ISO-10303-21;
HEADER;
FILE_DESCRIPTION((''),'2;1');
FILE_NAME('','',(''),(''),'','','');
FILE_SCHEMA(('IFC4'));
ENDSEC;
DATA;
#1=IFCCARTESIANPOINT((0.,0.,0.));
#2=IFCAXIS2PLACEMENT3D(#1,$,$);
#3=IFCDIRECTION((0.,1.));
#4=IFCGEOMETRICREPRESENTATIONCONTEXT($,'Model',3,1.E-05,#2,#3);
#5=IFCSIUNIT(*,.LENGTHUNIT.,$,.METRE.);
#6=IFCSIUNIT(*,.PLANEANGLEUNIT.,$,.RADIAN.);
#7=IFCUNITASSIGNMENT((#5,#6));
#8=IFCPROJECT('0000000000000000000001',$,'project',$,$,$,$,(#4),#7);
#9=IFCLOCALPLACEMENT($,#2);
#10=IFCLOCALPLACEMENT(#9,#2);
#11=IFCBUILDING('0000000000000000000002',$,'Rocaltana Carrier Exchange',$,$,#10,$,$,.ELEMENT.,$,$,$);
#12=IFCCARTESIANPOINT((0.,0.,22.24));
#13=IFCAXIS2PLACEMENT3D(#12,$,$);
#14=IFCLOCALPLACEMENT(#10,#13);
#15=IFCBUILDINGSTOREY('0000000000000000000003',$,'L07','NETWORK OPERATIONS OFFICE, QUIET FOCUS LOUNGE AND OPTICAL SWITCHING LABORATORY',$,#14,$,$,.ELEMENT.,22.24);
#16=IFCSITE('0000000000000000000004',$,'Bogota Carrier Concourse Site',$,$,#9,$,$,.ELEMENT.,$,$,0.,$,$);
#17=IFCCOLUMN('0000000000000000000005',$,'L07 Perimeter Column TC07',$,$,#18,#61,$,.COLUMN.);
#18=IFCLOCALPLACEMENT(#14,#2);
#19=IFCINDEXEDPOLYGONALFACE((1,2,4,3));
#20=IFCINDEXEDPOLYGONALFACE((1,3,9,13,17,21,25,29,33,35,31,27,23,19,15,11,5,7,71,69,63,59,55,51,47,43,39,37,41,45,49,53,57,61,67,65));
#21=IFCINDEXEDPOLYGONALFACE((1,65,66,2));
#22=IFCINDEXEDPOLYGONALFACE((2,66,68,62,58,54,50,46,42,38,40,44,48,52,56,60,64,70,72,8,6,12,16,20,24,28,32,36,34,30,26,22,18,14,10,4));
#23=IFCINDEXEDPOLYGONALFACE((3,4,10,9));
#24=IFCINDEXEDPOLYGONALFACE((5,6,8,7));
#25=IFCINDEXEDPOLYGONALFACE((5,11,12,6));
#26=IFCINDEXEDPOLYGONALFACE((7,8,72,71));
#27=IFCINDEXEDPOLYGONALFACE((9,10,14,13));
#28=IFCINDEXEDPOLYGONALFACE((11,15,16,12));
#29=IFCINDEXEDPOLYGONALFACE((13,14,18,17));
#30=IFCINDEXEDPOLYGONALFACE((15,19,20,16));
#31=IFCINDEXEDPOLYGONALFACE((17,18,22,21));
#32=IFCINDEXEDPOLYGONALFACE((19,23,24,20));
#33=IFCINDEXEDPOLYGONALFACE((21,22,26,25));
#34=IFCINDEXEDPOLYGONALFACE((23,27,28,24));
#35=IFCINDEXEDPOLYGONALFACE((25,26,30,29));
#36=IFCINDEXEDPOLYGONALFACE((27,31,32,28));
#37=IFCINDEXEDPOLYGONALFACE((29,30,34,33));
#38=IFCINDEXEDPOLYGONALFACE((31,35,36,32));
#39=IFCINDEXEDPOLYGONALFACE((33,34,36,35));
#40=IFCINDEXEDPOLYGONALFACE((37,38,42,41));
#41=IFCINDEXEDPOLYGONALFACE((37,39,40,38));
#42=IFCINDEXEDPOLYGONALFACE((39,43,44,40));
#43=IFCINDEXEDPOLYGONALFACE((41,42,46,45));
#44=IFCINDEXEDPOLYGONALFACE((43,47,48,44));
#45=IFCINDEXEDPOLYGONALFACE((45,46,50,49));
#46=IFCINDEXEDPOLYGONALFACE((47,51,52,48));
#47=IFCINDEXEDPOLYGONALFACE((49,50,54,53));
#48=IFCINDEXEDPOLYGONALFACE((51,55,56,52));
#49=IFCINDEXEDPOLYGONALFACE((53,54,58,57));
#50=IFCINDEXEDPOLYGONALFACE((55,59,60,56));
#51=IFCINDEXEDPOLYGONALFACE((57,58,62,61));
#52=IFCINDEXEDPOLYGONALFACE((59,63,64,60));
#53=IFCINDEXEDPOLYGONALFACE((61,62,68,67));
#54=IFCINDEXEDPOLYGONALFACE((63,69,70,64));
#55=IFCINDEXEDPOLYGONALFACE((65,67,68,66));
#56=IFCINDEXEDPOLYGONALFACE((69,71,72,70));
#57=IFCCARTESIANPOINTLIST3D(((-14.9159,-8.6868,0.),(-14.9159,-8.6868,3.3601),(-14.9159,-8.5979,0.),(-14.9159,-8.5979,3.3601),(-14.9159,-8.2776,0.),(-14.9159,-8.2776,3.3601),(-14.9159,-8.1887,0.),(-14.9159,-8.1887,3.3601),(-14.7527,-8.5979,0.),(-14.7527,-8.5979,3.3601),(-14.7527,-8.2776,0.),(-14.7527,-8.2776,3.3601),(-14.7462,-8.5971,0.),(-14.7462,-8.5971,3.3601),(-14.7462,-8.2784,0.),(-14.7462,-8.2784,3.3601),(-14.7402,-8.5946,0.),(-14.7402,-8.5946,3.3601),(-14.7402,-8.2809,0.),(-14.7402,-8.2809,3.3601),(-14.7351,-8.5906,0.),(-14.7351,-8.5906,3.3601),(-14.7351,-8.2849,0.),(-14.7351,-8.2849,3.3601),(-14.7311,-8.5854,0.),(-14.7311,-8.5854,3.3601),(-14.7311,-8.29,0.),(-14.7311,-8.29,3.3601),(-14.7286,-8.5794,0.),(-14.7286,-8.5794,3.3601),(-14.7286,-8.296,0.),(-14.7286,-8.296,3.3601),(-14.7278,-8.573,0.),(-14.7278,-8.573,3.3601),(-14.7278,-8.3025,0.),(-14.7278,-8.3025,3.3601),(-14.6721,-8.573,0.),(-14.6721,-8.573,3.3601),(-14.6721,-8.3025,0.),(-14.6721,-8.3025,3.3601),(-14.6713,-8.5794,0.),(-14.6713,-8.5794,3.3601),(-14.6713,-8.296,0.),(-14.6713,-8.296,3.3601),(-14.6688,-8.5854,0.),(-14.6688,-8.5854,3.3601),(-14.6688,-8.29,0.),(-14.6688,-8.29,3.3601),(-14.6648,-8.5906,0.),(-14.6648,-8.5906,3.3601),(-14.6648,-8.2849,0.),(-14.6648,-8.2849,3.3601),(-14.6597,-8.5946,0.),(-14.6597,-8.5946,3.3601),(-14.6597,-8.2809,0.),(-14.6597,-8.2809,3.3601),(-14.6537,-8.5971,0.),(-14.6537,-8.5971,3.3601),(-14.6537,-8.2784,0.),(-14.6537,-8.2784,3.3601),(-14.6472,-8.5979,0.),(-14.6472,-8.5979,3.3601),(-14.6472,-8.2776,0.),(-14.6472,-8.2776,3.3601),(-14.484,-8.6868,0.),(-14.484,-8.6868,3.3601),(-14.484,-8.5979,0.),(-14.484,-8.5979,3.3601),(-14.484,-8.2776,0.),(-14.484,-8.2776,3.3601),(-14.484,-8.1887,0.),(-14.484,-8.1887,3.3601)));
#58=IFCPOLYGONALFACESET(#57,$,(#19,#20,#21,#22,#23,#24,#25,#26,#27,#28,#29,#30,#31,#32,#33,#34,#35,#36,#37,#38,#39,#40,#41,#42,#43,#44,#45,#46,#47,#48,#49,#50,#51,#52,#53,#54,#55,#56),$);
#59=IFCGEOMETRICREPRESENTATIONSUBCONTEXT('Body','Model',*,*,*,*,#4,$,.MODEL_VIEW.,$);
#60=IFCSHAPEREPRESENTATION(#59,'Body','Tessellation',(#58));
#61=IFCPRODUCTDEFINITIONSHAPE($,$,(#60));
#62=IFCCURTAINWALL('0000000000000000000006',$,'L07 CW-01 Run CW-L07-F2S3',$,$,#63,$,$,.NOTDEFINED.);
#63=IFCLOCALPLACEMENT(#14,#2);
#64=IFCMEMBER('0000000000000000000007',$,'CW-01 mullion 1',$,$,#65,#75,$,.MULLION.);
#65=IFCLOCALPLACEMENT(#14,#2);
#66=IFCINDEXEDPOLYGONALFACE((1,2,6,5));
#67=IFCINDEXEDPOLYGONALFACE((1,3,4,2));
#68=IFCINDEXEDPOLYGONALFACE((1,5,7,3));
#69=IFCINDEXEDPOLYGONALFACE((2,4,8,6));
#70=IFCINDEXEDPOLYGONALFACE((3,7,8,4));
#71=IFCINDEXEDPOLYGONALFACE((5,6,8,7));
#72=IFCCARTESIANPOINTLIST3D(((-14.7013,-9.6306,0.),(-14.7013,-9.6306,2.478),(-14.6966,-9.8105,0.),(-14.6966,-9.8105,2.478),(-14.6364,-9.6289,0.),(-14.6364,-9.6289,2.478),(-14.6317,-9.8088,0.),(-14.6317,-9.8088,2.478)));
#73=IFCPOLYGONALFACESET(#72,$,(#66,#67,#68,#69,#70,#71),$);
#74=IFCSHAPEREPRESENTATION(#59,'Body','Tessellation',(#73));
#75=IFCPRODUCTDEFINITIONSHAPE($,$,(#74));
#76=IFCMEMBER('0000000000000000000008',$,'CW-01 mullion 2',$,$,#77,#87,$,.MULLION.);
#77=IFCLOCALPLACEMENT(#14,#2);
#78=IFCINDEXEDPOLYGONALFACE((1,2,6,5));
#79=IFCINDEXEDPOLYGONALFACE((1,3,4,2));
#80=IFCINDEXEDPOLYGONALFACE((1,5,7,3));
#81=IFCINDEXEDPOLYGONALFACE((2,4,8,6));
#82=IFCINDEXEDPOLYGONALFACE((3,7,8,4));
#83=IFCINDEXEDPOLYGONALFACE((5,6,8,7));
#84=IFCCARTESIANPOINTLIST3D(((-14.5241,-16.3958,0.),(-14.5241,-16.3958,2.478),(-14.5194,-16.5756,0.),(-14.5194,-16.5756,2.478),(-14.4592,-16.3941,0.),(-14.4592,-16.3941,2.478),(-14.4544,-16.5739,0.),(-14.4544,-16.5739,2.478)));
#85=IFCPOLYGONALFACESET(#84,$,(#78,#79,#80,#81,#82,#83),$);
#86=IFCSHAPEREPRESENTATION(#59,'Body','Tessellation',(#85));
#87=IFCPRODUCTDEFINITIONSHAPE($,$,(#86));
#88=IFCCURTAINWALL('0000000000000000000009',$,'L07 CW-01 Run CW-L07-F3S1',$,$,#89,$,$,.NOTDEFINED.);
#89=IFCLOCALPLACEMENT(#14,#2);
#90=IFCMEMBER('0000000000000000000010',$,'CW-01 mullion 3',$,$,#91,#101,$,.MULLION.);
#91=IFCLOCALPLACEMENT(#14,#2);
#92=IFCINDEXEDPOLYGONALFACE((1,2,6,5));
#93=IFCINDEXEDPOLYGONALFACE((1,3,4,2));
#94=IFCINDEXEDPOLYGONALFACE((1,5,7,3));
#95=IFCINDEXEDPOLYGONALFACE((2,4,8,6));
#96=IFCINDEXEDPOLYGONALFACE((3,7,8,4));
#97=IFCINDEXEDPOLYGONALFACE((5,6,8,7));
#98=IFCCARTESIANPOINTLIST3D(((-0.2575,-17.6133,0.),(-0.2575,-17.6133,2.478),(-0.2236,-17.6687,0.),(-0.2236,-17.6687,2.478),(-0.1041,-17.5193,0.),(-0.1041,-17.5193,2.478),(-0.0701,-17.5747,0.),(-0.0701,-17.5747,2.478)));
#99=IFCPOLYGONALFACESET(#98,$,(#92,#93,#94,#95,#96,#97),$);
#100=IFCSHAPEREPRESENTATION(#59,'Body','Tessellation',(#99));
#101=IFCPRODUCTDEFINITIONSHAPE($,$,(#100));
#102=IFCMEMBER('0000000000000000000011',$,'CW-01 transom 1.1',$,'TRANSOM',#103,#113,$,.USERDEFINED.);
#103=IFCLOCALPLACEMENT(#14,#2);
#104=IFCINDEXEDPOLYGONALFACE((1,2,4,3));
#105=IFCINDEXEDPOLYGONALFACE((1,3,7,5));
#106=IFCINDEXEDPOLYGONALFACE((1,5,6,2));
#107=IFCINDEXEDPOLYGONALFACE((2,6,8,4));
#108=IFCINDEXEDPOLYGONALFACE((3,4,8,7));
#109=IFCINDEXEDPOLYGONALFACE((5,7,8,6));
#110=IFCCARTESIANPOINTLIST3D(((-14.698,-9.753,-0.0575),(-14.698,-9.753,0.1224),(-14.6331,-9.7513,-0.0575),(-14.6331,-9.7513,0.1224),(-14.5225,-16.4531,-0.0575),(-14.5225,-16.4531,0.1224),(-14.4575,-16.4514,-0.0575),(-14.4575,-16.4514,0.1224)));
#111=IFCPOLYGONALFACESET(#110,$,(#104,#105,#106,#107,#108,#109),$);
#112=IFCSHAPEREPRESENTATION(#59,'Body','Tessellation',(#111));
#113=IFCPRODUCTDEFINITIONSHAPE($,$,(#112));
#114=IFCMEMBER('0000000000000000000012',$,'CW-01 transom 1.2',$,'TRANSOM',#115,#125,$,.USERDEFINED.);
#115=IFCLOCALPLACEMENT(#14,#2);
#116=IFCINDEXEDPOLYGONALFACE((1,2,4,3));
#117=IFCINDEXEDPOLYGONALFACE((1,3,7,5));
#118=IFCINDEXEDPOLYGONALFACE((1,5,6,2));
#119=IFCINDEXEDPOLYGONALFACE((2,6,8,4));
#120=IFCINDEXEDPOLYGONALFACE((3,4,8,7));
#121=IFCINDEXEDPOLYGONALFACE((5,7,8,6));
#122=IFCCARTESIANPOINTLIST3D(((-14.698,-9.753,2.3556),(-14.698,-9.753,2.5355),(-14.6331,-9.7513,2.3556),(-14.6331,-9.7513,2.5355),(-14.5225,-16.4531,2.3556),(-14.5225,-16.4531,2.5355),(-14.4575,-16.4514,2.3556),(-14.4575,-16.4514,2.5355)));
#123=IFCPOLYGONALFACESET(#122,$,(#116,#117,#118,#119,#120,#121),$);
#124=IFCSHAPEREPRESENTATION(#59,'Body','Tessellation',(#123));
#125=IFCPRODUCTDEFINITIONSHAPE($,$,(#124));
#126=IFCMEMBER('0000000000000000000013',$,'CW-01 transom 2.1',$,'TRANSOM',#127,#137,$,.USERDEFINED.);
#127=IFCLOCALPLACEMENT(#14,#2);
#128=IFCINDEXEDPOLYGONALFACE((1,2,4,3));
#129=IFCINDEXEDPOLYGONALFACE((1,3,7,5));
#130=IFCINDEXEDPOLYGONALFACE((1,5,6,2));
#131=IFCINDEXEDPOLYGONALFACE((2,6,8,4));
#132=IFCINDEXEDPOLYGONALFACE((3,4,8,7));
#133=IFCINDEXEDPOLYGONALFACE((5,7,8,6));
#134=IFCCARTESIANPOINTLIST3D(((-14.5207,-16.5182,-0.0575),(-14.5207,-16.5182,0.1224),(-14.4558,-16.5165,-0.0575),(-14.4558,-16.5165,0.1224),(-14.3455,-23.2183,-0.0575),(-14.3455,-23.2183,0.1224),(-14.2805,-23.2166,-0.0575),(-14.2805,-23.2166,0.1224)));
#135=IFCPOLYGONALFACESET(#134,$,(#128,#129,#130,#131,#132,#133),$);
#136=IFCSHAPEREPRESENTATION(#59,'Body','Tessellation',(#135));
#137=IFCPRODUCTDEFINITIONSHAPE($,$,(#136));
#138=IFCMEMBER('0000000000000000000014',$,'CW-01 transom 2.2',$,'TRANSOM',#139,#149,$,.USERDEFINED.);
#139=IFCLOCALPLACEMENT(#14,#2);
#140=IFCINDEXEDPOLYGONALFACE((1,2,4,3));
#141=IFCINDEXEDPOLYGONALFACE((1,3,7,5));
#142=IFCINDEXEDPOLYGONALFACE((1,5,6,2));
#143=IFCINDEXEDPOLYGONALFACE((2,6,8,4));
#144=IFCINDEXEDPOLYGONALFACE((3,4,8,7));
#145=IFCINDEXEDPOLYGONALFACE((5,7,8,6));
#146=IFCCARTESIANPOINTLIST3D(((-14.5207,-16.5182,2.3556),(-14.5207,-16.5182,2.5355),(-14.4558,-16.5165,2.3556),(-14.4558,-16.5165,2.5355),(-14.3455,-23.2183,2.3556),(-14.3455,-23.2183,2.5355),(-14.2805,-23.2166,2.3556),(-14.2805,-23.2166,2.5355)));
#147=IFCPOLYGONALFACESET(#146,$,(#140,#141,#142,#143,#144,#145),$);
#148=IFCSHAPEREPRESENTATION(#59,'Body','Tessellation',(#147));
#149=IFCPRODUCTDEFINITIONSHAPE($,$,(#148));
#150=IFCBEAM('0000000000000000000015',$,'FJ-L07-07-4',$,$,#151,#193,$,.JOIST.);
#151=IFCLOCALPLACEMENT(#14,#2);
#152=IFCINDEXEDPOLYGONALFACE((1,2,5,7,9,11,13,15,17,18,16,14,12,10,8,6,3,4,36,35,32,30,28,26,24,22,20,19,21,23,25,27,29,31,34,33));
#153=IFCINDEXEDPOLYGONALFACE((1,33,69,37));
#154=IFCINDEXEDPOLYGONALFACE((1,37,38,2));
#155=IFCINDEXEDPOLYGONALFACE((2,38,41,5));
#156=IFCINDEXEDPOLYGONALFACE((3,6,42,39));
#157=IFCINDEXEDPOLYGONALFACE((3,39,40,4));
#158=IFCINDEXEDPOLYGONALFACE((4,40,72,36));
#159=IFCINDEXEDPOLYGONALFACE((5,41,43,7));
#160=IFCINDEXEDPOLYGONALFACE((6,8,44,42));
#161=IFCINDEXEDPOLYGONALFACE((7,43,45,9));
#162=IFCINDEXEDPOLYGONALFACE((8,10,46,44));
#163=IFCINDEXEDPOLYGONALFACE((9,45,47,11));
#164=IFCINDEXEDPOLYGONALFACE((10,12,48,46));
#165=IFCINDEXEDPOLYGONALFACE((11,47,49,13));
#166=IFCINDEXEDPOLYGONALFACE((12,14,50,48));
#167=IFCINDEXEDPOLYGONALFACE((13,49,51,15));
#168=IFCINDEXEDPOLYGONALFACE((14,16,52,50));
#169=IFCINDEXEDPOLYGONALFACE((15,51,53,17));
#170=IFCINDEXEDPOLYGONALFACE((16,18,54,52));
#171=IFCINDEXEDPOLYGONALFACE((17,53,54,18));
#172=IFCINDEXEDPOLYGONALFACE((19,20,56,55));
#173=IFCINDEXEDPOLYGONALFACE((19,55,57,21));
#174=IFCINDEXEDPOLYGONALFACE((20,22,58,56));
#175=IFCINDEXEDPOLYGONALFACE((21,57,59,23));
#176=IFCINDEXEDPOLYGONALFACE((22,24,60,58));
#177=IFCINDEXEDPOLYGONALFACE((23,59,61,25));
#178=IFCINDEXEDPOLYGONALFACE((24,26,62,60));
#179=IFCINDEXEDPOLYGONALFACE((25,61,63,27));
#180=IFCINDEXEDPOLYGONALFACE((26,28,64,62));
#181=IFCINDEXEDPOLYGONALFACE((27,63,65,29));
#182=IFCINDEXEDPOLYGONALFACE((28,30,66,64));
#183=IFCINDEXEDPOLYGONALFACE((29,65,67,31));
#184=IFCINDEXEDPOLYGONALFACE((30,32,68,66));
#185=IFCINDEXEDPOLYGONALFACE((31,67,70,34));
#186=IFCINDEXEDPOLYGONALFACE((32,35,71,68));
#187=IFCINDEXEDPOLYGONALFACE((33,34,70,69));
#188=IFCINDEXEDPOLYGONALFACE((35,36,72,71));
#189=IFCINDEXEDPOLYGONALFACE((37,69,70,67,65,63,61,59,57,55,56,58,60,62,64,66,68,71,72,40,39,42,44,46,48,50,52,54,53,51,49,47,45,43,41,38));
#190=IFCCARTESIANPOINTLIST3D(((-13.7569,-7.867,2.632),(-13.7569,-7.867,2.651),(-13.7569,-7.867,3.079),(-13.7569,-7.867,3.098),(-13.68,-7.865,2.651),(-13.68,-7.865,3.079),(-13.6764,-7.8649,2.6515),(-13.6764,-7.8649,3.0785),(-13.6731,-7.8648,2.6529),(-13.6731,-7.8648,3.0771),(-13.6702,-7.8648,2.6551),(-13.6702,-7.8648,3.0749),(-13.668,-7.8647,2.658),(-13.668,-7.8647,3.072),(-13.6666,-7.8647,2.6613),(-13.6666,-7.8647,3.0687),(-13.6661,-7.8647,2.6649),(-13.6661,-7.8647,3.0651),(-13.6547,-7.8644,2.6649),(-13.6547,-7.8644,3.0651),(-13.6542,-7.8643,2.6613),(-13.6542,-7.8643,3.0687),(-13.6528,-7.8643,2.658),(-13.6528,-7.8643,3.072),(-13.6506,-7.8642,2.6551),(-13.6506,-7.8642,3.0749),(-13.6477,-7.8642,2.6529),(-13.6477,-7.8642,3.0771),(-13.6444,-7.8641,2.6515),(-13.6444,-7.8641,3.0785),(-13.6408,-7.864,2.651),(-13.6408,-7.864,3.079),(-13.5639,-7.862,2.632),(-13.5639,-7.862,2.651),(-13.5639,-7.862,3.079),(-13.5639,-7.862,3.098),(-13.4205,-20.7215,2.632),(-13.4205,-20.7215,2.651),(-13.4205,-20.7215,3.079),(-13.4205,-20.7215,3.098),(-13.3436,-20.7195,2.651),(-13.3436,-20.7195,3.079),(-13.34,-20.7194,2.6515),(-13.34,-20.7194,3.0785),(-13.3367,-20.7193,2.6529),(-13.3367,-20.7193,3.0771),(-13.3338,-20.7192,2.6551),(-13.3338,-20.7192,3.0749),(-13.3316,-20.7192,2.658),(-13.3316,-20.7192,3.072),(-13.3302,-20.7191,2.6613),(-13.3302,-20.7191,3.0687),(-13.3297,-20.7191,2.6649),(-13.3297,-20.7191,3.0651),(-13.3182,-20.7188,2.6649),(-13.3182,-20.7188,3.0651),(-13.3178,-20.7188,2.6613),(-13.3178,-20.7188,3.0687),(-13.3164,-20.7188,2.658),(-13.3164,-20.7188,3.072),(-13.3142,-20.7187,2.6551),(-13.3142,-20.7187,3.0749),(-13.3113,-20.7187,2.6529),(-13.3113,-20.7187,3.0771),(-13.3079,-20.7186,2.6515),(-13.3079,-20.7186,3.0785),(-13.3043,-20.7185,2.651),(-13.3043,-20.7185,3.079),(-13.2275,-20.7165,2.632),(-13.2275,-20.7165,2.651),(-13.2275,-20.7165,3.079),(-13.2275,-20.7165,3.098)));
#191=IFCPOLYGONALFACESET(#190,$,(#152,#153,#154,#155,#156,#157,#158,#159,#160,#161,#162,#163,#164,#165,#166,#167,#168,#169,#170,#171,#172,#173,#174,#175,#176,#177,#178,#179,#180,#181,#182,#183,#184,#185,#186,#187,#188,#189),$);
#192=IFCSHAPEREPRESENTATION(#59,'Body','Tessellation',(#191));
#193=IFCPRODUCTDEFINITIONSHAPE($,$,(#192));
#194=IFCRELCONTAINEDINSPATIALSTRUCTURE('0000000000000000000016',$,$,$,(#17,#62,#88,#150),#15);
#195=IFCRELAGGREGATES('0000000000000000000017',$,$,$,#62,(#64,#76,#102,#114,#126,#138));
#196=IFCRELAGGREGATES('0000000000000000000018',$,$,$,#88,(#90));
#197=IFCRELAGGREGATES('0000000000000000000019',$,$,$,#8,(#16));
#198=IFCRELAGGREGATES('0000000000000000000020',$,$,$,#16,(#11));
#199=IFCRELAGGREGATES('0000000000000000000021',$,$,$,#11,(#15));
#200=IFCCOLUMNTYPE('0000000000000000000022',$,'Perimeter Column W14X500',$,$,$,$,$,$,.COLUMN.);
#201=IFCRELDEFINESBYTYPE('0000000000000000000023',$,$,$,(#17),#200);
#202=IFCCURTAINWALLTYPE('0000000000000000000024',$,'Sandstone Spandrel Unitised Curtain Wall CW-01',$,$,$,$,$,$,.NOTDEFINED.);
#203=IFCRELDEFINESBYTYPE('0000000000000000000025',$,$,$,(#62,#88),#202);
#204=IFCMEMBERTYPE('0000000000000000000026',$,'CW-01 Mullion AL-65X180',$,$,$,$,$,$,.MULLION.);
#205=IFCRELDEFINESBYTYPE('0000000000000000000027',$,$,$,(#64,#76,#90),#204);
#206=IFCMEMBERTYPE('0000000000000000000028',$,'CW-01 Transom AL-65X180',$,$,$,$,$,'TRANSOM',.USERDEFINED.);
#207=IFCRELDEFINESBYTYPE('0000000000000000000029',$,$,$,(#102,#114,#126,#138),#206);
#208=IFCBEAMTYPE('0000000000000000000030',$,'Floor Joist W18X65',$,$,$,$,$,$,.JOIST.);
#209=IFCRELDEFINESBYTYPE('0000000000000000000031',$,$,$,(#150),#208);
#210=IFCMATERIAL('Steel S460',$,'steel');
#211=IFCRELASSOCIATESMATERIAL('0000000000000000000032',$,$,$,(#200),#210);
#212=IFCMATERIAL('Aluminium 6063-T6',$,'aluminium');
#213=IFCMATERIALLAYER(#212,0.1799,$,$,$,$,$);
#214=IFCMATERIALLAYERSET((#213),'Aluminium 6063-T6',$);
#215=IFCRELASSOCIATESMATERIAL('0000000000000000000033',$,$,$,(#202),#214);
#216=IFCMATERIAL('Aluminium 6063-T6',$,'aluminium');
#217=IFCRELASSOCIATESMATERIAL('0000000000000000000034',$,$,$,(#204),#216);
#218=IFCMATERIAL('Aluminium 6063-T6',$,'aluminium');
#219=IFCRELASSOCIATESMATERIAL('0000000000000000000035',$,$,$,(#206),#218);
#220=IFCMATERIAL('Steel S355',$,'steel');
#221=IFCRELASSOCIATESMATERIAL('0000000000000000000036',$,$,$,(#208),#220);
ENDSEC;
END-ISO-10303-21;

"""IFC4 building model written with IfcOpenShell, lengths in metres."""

from ifc_helpers import new_model, si_unit, direction, frame, origin, origin_2d, place, context, subcontext, project, spatial, rectangle, i_section, extrude, material, layer, layer_set, material_profile, profile_set, type_object, element, aggregate, save


model = new_model("IFC4")

# Units and contexts
model_context = context("Model", 3, precision=1e-05, world=origin(), true_north=direction((0.0, 1.0)))
body_context = subcontext(model_context, "Body", "Model", "MODEL_VIEW")
ifc_project = project(units=[si_unit("LENGTHUNIT", "METRE"), si_unit("PLANEANGLEUNIT", "RADIAN")], contexts=[model_context])

# Site, building, storey
site_placement = place(None, origin())
site = spatial("IfcSite", under=ifc_project, at=site_placement, Name="Bogota Carrier Concourse Site", CompositionType="ELEMENT", RefElevation=0.0)
building_placement = place(site_placement, origin())
building = spatial("IfcBuilding", under=site, at=building_placement, Name="Rocaltana Carrier Exchange", CompositionType="ELEMENT")
storey_placement = place(building_placement, frame((0.0, 0.0, 22.24)))
storey = spatial("IfcBuildingStorey", under=building, at=storey_placement, Name="L07", Description="NETWORK OPERATIONS OFFICE, QUIET FOCUS LOUNGE AND OPTICAL SWITCHING LABORATORY", CompositionType="ELEMENT", Elevation=22.24)

# Column
ifc_material_1 = material(Name="Steel S460", Category="steel")
ifc_material_profile_1 = material_profile(ifc_material_1, i_section(OverallWidth=0.4319, OverallDepth=0.498, WebThickness=0.0557, FlangeThickness=0.0889, FilletRadius=0.0249, at=origin_2d()), Name="W14X500")
ifc_profile_set_1 = profile_set([ifc_material_profile_1], Name="Steel S460")
column_type = type_object("IfcColumnType", Name="Perimeter Column W14X500", PredefinedType="COLUMN", material=ifc_profile_set_1)
column_placement = place(storey_placement, frame((-14.7, -8.4377, 0.0), z_axis=(0.0, 0.0, 1.0), x_axis=(1.0, 0.0, 0.0)))
element("IfcColumn", 1, at=column_placement, inside=storey, type_object=column_type, Name="L07 Perimeter Column TC07", PredefinedType="COLUMN", context=body_context, shape_type="SweptSolid", body=[
    extrude(i_section(OverallWidth=0.4319, OverallDepth=0.498, WebThickness=0.0557, FlangeThickness=0.0889, FilletRadius=0.0249, at=origin_2d()), origin(), (0.0, 0.0, 1.0), 3.3601),
])

# Curtain wall, members
ifc_material_2 = material(Name="Aluminium 6063-T6", Category="aluminium")
ifc_layer_1 = layer(ifc_material_2, 0.1799)
ifc_layer_set_1 = layer_set([ifc_layer_1], Name="Aluminium 6063-T6")
curtain_wall_type = type_object("IfcCurtainWallType", Name="Sandstone Spandrel Unitised Curtain Wall CW-01", PredefinedType="NOTDEFINED", material=ifc_layer_set_1)
curtain_wall_1_placement = place(storey_placement, origin())
curtain_wall_1 = element("IfcCurtainWall", 2, at=curtain_wall_1_placement, inside=storey, type_object=curtain_wall_type, Name="L07 CW-01 Run CW-L07-F2S3", PredefinedType="NOTDEFINED")
ifc_material_3 = material(Name="Aluminium 6063-T6", Category="aluminium")
ifc_material_profile_2 = material_profile(ifc_material_3, rectangle(XDim=0.0649, YDim=0.1799, at=origin_2d()), Name="AL-65X180")
ifc_profile_set_2 = profile_set([ifc_material_profile_2], Name="Aluminium 6063-T6")
member_type_1 = type_object("IfcMemberType", Name="CW-01 Mullion AL-65X180", PredefinedType="MULLION", material=ifc_profile_set_2)
member_1_placement = place(storey_placement, frame((-14.6665, -9.7197, 0.0), z_axis=(0.0, 0.0, 1.0), x_axis=(0.999657, 0.026184, 0.0)))
member_1 = element("IfcMember", 3, at=member_1_placement, type_object=member_type_1, Name="CW-01 mullion 1", PredefinedType="MULLION", context=body_context, shape_type="SweptSolid", body=[
    extrude(rectangle(XDim=0.0649, YDim=0.1799, at=origin_2d()), origin(), (0.0, 0.0, 1.0), 2.478),
])
member_2_placement = place(storey_placement, frame((-14.4893, -16.4849, 0.0), z_axis=(0.0, 0.0, 1.0), x_axis=(0.999657, 0.026184, 0.0)))
member_2 = element("IfcMember", 4, at=member_2_placement, type_object=member_type_1, Name="CW-01 mullion 2", PredefinedType="MULLION", context=body_context, shape_type="SweptSolid", body=[
    extrude(rectangle(XDim=0.0649, YDim=0.1799, at=origin_2d()), origin(), (0.0, 0.0, 1.0), 2.478),
])

# Curtain wall, member
curtain_wall_2_placement = place(storey_placement, origin())
curtain_wall_2 = element("IfcCurtainWall", 5, at=curtain_wall_2_placement, inside=storey, type_object=curtain_wall_type, Name="L07 CW-01 Run CW-L07-F3S1", PredefinedType="NOTDEFINED")
member_3_placement = place(storey_placement, frame((-0.1638, -17.594, 0.0), z_axis=(0.0, 0.0, 1.0), x_axis=(-0.522505, 0.852636, 0.0)))
member_3 = element("IfcMember", 6, at=member_3_placement, type_object=member_type_1, Name="CW-01 mullion 3", PredefinedType="MULLION", context=body_context, shape_type="SweptSolid", body=[
    extrude(rectangle(XDim=0.0649, YDim=0.1799, at=origin_2d()), origin(), (0.0, 0.0, 1.0), 2.478),
])

# Members
ifc_material_4 = material(Name="Aluminium 6063-T6", Category="aluminium")
ifc_material_profile_3 = material_profile(ifc_material_4, rectangle(XDim=0.0649, YDim=0.1799, at=origin_2d()), Name="AL-65X180")
ifc_profile_set_3 = profile_set([ifc_material_profile_3], Name="Aluminium 6063-T6")
member_type_2 = type_object("IfcMemberType", Name="CW-01 Transom AL-65X180", ElementType="TRANSOM", PredefinedType="USERDEFINED", material=ifc_profile_set_3)
member_4_placement = place(storey_placement, frame((-14.6655, -9.7522, 0.0325), z_axis=(0.02619, -0.999657, 0.0), x_axis=(0.999657, 0.02619, 0.0)))
member_4 = element("IfcMember", 7, at=member_4_placement, type_object=member_type_2, Name="CW-01 transom 1.1", ObjectType="TRANSOM", PredefinedType="USERDEFINED", context=body_context, shape_type="SweptSolid", body=[
    extrude(rectangle(XDim=0.0649, YDim=0.1799, at=origin_2d()), origin(), (0.0, 0.0, 1.0), 6.7024),
])
member_5_placement = place(storey_placement, frame((-14.6655, -9.7522, 2.4456), z_axis=(0.02619, -0.999657, 0.0), x_axis=(0.999657, 0.02619, 0.0)))
member_5 = element("IfcMember", 8, at=member_5_placement, type_object=member_type_2, Name="CW-01 transom 1.2", ObjectType="TRANSOM", PredefinedType="USERDEFINED", context=body_context, shape_type="SweptSolid", body=[
    extrude(rectangle(XDim=0.0649, YDim=0.1799, at=origin_2d()), origin(), (0.0, 0.0, 1.0), 6.7024),
])
member_6_placement = place(storey_placement, frame((-14.4883, -16.5173, 0.0325), z_axis=(0.026153, -0.999658, 0.0), x_axis=(0.999658, 0.026153, 0.0)))
member_6 = element("IfcMember", 9, at=member_6_placement, type_object=member_type_2, Name="CW-01 transom 2.1", ObjectType="TRANSOM", PredefinedType="USERDEFINED", context=body_context, shape_type="SweptSolid", body=[
    extrude(rectangle(XDim=0.0649, YDim=0.1799, at=origin_2d()), origin(), (0.0, 0.0, 1.0), 6.7024),
])
member_7_placement = place(storey_placement, frame((-14.4883, -16.5173, 2.4456), z_axis=(0.026153, -0.999658, 0.0), x_axis=(0.999658, 0.026153, 0.0)))
member_7 = element("IfcMember", 10, at=member_7_placement, type_object=member_type_2, Name="CW-01 transom 2.2", ObjectType="TRANSOM", PredefinedType="USERDEFINED", context=body_context, shape_type="SweptSolid", body=[
    extrude(rectangle(XDim=0.0649, YDim=0.1799, at=origin_2d()), origin(), (0.0, 0.0, 1.0), 6.7024),
])

# Beam
ifc_material_5 = material(Name="Steel S355", Category="steel")
ifc_material_profile_4 = material_profile(ifc_material_5, i_section(OverallWidth=0.1931, OverallDepth=0.4661, WebThickness=0.0115, FlangeThickness=0.019, FilletRadius=0.0139, at=origin_2d()), Name="W18X65")
ifc_profile_set_4 = profile_set([ifc_material_profile_4], Name="Steel S355")
beam_type_1 = type_object("IfcBeamType", Name="Floor Joist W18X65", PredefinedType="JOIST", material=ifc_profile_set_4)
beam_1_placement = place(storey_placement, frame((-13.6604, -7.8645, 2.865), z_axis=(0.026163, -0.999658, 0.0), x_axis=(0.999658, 0.026163, 0.0)))
element("IfcBeam", 11, at=beam_1_placement, inside=storey, type_object=beam_type_1, Name="FJ-L07-07-4", PredefinedType="JOIST", context=body_context, shape_type="SweptSolid", body=[
    extrude(i_section(OverallWidth=0.1931, OverallDepth=0.4661, WebThickness=0.0115, FlangeThickness=0.019, FilletRadius=0.0139, at=origin_2d()), origin(), (0.0, 0.0, 1.0), 12.8589),
])

aggregate(curtain_wall_1, [member_1, member_2, member_4, member_5, member_6, member_7])
aggregate(curtain_wall_2, [member_3])

save(model, "model.ifc")
